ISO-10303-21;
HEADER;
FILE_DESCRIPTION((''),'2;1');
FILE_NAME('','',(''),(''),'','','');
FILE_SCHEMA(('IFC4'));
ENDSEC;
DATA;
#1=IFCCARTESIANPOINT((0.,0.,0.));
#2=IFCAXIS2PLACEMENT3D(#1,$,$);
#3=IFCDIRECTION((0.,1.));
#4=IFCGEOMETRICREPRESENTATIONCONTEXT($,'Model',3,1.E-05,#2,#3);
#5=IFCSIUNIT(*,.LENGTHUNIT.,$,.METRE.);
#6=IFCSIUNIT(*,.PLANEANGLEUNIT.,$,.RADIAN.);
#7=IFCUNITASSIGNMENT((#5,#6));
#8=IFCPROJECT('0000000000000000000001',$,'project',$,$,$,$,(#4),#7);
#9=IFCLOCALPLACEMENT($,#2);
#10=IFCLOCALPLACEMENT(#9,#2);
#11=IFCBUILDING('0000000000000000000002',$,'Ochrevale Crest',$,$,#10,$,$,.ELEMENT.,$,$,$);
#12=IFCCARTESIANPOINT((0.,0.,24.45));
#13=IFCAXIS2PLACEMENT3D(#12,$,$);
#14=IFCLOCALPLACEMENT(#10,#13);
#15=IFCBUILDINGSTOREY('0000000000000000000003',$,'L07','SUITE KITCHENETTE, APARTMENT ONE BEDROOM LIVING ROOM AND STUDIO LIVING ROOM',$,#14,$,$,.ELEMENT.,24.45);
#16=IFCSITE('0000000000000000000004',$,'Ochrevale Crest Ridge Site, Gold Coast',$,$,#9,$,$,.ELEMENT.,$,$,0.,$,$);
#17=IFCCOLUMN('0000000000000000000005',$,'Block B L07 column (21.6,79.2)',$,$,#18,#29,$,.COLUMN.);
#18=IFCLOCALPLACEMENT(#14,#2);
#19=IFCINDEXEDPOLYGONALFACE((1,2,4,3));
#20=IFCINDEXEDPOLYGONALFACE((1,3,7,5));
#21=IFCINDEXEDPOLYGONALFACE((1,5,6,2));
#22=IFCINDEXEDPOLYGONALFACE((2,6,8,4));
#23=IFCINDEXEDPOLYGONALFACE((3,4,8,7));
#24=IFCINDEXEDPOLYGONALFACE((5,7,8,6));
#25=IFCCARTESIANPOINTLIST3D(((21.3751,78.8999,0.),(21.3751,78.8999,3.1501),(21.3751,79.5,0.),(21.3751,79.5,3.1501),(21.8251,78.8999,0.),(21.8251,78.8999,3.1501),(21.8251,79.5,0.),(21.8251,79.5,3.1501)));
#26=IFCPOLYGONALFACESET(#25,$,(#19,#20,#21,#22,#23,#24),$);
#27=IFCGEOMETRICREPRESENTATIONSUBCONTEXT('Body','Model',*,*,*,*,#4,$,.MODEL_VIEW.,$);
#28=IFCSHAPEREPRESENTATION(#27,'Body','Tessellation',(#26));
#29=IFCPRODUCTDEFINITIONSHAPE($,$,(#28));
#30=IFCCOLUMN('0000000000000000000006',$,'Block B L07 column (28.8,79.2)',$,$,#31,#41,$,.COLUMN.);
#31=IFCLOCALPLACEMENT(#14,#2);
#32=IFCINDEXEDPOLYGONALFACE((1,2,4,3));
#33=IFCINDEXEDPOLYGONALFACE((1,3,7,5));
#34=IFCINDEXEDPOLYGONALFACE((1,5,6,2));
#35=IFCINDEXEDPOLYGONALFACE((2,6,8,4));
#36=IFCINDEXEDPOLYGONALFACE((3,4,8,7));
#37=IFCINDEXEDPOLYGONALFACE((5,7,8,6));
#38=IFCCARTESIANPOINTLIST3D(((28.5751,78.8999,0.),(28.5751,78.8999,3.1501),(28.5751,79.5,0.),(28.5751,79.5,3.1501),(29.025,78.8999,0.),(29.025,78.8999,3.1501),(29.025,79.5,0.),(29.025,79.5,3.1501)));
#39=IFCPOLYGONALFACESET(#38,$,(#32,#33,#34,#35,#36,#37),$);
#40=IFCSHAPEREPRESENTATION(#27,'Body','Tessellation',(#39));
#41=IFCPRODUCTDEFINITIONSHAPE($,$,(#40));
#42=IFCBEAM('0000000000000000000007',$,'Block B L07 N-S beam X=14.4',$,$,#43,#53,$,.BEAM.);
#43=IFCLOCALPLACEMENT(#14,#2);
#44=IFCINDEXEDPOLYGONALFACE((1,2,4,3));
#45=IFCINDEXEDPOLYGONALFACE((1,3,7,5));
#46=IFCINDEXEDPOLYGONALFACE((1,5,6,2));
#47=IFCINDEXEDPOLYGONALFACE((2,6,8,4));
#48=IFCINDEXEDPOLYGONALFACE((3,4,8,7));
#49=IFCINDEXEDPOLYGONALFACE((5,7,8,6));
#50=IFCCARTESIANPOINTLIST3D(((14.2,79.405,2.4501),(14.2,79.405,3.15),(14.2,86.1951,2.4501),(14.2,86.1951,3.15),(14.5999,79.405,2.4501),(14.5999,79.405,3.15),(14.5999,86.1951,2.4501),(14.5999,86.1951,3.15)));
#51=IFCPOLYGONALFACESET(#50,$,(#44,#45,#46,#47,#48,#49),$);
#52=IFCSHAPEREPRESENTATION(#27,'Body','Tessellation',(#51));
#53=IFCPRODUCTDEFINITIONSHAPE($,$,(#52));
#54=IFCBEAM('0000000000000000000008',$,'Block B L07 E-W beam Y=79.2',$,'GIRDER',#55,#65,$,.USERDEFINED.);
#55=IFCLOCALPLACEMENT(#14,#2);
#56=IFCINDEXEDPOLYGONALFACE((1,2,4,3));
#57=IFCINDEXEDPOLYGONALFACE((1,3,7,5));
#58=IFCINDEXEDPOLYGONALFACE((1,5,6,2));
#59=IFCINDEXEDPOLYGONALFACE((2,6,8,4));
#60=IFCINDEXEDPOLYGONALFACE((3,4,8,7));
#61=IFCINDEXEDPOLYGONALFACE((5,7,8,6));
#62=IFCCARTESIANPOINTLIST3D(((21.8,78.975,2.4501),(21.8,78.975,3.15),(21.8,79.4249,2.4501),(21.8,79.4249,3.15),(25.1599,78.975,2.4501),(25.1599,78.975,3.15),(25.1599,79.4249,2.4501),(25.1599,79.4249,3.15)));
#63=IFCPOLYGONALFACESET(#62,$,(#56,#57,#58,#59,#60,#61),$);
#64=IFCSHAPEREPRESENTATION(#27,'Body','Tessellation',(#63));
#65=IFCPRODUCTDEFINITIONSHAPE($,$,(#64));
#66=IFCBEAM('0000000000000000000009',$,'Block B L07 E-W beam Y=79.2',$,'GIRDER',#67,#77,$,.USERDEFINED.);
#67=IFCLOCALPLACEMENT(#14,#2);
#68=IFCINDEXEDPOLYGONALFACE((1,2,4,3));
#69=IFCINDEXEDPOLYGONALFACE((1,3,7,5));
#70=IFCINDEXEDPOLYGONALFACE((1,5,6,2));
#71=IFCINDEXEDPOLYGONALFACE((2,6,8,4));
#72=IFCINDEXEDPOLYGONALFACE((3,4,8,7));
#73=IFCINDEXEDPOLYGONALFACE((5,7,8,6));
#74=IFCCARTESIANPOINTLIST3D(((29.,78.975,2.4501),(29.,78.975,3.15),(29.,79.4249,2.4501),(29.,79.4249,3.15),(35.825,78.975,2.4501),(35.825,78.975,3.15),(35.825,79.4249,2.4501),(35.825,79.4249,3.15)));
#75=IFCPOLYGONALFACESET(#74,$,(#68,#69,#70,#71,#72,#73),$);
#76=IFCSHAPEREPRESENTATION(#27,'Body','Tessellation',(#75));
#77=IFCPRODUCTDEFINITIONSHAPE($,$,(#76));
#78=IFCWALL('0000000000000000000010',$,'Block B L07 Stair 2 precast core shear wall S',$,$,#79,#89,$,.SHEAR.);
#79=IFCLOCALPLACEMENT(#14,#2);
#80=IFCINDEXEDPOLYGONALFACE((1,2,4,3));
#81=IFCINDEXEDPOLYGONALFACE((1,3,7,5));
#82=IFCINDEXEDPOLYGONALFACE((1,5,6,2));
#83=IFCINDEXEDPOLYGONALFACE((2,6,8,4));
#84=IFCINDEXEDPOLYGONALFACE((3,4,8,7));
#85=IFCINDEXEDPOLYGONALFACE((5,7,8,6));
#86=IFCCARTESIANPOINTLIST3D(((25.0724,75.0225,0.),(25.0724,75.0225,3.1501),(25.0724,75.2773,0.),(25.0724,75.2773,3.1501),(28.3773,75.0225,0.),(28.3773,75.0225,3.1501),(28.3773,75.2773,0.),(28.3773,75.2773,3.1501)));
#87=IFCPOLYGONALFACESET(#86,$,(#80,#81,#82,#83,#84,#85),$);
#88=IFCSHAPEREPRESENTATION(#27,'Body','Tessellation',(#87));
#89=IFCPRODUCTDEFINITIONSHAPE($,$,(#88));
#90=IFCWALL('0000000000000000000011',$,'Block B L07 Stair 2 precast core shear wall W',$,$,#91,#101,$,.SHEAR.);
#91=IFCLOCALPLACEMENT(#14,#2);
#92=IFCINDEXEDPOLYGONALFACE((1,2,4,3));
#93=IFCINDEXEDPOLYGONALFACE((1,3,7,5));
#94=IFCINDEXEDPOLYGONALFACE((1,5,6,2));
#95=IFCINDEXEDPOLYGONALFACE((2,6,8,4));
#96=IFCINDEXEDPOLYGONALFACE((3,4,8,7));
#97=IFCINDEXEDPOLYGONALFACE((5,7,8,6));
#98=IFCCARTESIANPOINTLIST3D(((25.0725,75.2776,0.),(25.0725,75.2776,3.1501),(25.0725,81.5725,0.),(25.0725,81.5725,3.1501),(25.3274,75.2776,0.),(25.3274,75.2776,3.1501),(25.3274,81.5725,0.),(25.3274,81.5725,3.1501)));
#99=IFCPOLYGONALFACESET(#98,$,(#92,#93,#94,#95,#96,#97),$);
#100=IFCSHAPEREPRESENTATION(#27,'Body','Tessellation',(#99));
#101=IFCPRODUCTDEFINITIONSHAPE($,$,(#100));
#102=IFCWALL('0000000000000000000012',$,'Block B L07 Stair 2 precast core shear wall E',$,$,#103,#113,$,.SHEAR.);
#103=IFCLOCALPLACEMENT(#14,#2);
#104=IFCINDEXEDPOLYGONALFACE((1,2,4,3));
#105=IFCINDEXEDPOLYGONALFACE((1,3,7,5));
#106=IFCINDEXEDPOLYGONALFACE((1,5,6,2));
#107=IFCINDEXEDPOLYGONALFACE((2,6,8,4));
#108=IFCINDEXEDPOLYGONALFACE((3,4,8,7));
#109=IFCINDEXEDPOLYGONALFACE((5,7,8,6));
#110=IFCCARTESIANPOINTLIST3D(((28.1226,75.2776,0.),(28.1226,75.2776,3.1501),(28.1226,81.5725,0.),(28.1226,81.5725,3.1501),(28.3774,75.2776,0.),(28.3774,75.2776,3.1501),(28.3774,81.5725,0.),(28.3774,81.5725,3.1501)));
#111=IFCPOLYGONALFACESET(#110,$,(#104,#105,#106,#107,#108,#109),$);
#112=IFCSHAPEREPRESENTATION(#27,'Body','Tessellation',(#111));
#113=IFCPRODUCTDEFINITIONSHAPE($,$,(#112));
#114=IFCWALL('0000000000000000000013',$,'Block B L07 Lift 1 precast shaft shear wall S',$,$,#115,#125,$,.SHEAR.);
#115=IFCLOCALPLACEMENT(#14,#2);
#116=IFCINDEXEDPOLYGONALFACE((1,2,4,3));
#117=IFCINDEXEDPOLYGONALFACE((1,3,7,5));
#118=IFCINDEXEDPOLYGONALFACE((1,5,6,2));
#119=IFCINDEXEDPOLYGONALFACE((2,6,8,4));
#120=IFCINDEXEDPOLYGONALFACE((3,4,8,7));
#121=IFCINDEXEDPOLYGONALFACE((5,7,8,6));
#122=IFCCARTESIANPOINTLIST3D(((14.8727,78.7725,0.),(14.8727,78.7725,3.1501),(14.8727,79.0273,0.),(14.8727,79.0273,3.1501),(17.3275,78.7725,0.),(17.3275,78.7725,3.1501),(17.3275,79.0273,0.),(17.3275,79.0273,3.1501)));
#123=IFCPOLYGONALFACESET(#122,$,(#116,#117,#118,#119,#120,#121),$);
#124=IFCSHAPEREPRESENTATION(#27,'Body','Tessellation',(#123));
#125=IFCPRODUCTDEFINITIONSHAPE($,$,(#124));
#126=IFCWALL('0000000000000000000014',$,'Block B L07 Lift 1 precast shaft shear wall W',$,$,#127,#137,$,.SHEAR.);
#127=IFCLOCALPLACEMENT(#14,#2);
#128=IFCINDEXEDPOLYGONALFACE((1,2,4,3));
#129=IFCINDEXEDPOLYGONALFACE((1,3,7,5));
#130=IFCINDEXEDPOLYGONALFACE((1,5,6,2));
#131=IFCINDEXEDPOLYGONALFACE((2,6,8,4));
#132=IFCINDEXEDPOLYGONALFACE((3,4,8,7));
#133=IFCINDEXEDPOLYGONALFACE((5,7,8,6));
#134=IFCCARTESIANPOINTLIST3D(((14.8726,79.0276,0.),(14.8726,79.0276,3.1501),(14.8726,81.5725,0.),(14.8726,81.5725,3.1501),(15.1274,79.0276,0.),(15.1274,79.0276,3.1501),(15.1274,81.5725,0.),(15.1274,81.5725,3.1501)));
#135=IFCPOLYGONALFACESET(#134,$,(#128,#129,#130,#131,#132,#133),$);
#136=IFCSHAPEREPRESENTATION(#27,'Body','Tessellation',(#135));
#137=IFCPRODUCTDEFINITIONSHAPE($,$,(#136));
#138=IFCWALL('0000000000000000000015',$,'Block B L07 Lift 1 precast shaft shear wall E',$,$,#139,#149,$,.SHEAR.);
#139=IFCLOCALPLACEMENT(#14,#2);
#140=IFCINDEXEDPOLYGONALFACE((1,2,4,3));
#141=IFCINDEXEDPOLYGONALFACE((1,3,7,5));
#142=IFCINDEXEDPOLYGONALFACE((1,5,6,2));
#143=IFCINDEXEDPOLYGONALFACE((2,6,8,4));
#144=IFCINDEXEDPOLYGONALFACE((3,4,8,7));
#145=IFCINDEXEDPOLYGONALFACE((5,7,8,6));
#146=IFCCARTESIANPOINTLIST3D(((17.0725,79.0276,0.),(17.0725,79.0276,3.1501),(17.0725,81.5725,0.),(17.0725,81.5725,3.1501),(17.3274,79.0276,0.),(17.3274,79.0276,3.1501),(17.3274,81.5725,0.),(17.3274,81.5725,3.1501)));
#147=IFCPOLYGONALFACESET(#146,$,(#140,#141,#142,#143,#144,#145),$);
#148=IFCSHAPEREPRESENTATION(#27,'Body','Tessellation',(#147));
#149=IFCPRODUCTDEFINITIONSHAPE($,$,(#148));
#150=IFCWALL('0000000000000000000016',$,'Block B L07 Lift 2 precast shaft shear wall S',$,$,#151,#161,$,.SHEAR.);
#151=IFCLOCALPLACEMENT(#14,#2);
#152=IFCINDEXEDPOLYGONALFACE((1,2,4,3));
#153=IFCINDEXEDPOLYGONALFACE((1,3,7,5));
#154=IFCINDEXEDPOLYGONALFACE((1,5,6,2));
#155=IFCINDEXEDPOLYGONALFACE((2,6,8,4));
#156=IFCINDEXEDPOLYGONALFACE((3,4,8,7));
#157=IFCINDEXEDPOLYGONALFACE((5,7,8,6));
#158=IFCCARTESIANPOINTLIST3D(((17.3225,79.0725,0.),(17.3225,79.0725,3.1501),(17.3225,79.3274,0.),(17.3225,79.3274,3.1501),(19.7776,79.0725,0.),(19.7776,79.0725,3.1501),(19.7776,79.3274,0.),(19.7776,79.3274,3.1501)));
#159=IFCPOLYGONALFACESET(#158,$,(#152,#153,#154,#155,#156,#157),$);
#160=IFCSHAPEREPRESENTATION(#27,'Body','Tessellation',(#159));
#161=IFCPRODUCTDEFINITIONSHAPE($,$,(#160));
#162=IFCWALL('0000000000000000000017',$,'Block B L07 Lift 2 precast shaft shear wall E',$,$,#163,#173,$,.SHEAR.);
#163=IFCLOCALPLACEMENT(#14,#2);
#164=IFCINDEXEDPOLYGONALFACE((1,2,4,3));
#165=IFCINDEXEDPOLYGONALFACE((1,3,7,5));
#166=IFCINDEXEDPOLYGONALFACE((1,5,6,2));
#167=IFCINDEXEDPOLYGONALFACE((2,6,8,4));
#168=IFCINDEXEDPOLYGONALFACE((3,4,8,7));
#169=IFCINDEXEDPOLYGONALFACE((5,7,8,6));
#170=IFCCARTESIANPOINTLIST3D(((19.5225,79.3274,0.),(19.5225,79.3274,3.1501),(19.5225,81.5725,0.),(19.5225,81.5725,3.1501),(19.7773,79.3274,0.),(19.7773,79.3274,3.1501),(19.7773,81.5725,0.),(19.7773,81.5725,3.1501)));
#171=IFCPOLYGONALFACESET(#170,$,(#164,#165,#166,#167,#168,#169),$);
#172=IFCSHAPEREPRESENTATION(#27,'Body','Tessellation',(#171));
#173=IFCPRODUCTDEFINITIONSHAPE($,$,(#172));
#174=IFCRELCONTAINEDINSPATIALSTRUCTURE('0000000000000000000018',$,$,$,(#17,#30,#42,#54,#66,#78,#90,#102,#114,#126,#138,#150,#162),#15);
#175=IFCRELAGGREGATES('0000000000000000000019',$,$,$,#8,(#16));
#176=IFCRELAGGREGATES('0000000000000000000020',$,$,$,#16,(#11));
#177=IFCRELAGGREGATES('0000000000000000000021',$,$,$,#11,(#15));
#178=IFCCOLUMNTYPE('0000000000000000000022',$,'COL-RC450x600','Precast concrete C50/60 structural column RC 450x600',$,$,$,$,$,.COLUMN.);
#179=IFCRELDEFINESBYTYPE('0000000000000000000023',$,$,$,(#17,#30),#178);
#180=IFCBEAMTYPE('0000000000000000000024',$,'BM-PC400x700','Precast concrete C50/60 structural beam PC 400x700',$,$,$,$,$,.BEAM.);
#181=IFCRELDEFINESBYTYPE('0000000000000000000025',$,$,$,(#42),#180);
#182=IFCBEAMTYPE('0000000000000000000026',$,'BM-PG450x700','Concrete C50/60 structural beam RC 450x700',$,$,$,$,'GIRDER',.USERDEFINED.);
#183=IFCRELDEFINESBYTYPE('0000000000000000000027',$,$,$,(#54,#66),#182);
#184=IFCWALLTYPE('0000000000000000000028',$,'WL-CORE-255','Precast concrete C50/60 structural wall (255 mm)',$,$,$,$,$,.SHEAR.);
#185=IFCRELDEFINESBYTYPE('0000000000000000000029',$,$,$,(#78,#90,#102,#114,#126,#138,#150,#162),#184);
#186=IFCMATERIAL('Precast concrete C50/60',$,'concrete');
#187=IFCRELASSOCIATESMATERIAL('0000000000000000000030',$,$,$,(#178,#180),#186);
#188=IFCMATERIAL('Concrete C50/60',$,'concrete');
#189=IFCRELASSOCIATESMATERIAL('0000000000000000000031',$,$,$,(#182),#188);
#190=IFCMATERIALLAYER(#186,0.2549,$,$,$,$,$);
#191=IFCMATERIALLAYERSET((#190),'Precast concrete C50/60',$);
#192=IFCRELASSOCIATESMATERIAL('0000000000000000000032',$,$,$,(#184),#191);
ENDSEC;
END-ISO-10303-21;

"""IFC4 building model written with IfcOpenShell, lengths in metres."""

from ifc_helpers import new_model, si_unit, direction, frame, frame_2d, origin, origin_2d, place, context, subcontext, project, spatial, rectangle, extrude, material, layer, layer_set, material_profile, profile_set, type_object, element, save


model = new_model("IFC4")

# Units and contexts
model_context = context("Model", 3, precision=1e-05, world=origin(), true_north=direction((0.0, 1.0)))
body_context = subcontext(model_context, "Body", "Model", "MODEL_VIEW")
ifc_project = project(units=[si_unit("LENGTHUNIT", "METRE"), si_unit("PLANEANGLEUNIT", "RADIAN")], contexts=[model_context])

# Site, building, storey
site_placement = place(None, origin())
site = spatial("IfcSite", under=ifc_project, at=site_placement, Name="Ochrevale Crest Ridge Site, Gold Coast", CompositionType="ELEMENT", RefElevation=0.0)
building_placement = place(site_placement, origin())
building = spatial("IfcBuilding", under=site, at=building_placement, Name="Ochrevale Crest", CompositionType="ELEMENT")
storey_placement = place(building_placement, frame((0.0, 0.0, 24.45)))
storey = spatial("IfcBuildingStorey", under=building, at=storey_placement, Name="L07", Description="SUITE KITCHENETTE, APARTMENT ONE BEDROOM LIVING ROOM AND STUDIO LIVING ROOM", CompositionType="ELEMENT", Elevation=24.45)

# Columns
ifc_material_1 = material(Name="Precast concrete C50/60", Category="concrete")
ifc_material_profile_1 = material_profile(ifc_material_1, rectangle(XDim=0.45, YDim=0.6001, at=origin_2d()), Name="RC 450x600")
ifc_profile_set_1 = profile_set([ifc_material_profile_1], Name="Precast concrete C50/60")
column_type = type_object("IfcColumnType", Name="COL-RC450x600", Description="Precast concrete C50/60 structural column RC 450x600", PredefinedType="COLUMN", material=ifc_profile_set_1)
for number, where, z_axis, x_axis, name in (
    (1, (21.6001, 79.2, 0.0), (0.0, 0.0, 1.0), (1.0, 0.0, 0.0), "Block B L07 column (21.6,79.2)"),
    (2, (28.8, 79.2, 0.0), (0.0, 0.0, 1.0), (1.0, 0.0, 0.0), "Block B L07 column (28.8,79.2)"),
):
    element("IfcColumn", number, at=place(storey_placement, frame(where, z_axis=z_axis, x_axis=x_axis)), inside=storey, type_object=column_type, Name=name, PredefinedType="COLUMN", context=body_context, shape_type="SweptSolid", body=[
        extrude(rectangle(XDim=0.45, YDim=0.6001, at=origin_2d()), origin(), (0.0, 0.0, 1.0), 3.1501),
    ])

# Beams
ifc_material_profile_2 = material_profile(ifc_material_1, rectangle(XDim=0.3999, YDim=0.7, at=origin_2d()), Name="PC 400x700")
ifc_profile_set_2 = profile_set([ifc_material_profile_2], Name="Precast concrete C50/60")
beam_type_1 = type_object("IfcBeamType", Name="BM-PC400x700", Description="Precast concrete C50/60 structural beam PC 400x700", PredefinedType="BEAM", material=ifc_profile_set_2)
beam_1_placement = place(storey_placement, frame((14.3999, 79.405, 2.8), z_axis=(0.0, 1.0, 0.0), x_axis=(-1.0, 0.0, 0.0)))
element("IfcBeam", 3, at=beam_1_placement, inside=storey, type_object=beam_type_1, Name="Block B L07 N-S beam X=14.4", PredefinedType="BEAM", context=body_context, shape_type="SweptSolid", body=[
    extrude(rectangle(XDim=0.3999, YDim=0.7, at=origin_2d()), origin(), (0.0, 0.0, 1.0), 6.79),
])
ifc_material_2 = material(Name="Concrete C50/60", Category="concrete")
ifc_material_profile_3 = material_profile(ifc_material_2, rectangle(XDim=0.45, YDim=0.7, at=origin_2d()), Name="RC 450x700")
ifc_profile_set_3 = profile_set([ifc_material_profile_3], Name="Concrete C50/60")
beam_type_2 = type_object("IfcBeamType", Name="BM-PG450x700", Description="Concrete C50/60 structural beam RC 450x700", ElementType="GIRDER", PredefinedType="USERDEFINED", material=ifc_profile_set_3)
beam_2_placement = place(storey_placement, frame((21.8, 79.2, 2.8), z_axis=(1.0, 0.0, 0.0), x_axis=(0.0, 1.0, 0.0)))
element("IfcBeam", 4, at=beam_2_placement, inside=storey, type_object=beam_type_2, Name="Block B L07 E-W beam Y=79.2", ObjectType="GIRDER", PredefinedType="USERDEFINED", context=body_context, shape_type="SweptSolid", body=[
    extrude(rectangle(XDim=0.45, YDim=0.7, at=origin_2d()), origin(), (0.0, 0.0, 1.0), 3.3599),
])
beam_3_placement = place(storey_placement, frame((29.0, 79.2, 2.8), z_axis=(1.0, 0.0, 0.0), x_axis=(0.0, 1.0, 0.0)))
element("IfcBeam", 5, at=beam_3_placement, inside=storey, type_object=beam_type_2, Name="Block B L07 E-W beam Y=79.2", ObjectType="GIRDER", PredefinedType="USERDEFINED", context=body_context, shape_type="SweptSolid", body=[
    extrude(rectangle(XDim=0.45, YDim=0.7, at=origin_2d()), origin(), (0.0, 0.0, 1.0), 6.825),
])

# Walls
ifc_layer_1 = layer(ifc_material_1, 0.2549)
ifc_layer_set_1 = layer_set([ifc_layer_1], Name="Precast concrete C50/60")
wall_type_1 = type_object("IfcWallType", Name="WL-CORE-255", Description="Precast concrete C50/60 structural wall (255 mm)", PredefinedType="SHEAR", material=ifc_layer_set_1)
wall_1_placement = place(storey_placement, frame((25.0725, 75.1499, 0.0), z_axis=(0.0, 0.0, 1.0), x_axis=(1.0, 0.0, 0.0)))
element("IfcWall", 6, at=wall_1_placement, inside=storey, type_object=wall_type_1, Name="Block B L07 Stair 2 precast core shear wall S", PredefinedType="SHEAR", context=body_context, shape_type="SweptSolid", body=[
    extrude(rectangle(XDim=3.3049, YDim=0.2549, at=frame_2d((1.6523, 0.0))), origin(), (0.0, 0.0, 1.0), 3.1501),
])
for number, where, z_axis, x_axis, name in (
    (7, (25.2, 75.2776, 0.0), (0.0, 0.0, 1.0), (0.0, 1.0, 0.0), "Block B L07 Stair 2 precast core shear wall W"),
    (8, (28.25, 75.2776, 0.0), (0.0, 0.0, 1.0), (0.0, 1.0, 0.0), "Block B L07 Stair 2 precast core shear wall E"),
):
    element("IfcWall", number, at=place(storey_placement, frame(where, z_axis=z_axis, x_axis=x_axis)), inside=storey, type_object=wall_type_1, Name=name, PredefinedType="SHEAR", context=body_context, shape_type="SweptSolid", body=[
        extrude(rectangle(XDim=6.2949, YDim=0.2549, at=frame_2d((3.1475, 0.0))), origin(), (0.0, 0.0, 1.0), 3.1501),
    ])
wall_2_placement = place(storey_placement, frame((14.8726, 78.8999, 0.0), z_axis=(0.0, 0.0, 1.0), x_axis=(1.0, 0.0, 0.0)))
element("IfcWall", 9, at=wall_2_placement, inside=storey, type_object=wall_type_1, Name="Block B L07 Lift 1 precast shaft shear wall S", PredefinedType="SHEAR", context=body_context, shape_type="SweptSolid", body=[
    extrude(rectangle(XDim=2.4548, YDim=0.2549, at=frame_2d((1.2275, 0.0))), origin(), (0.0, 0.0, 1.0), 3.1501),
])
for number, where, z_axis, x_axis, name in (
    (10, (15.0, 79.0276, 0.0), (0.0, 0.0, 1.0), (0.0, 1.0, 0.0), "Block B L07 Lift 1 precast shaft shear wall W"),
    (11, (17.2, 79.0276, 0.0), (0.0, 0.0, 1.0), (0.0, 1.0, 0.0), "Block B L07 Lift 1 precast shaft shear wall E"),
):
    element("IfcWall", number, at=place(storey_placement, frame(where, z_axis=z_axis, x_axis=x_axis)), inside=storey, type_object=wall_type_1, Name=name, PredefinedType="SHEAR", context=body_context, shape_type="SweptSolid", body=[
        extrude(rectangle(XDim=2.5449, YDim=0.2549, at=frame_2d((1.2725, 0.0))), origin(), (0.0, 0.0, 1.0), 3.1501),
    ])
wall_3_placement = place(storey_placement, frame((17.3225, 79.2, 0.0), z_axis=(0.0, 0.0, 1.0), x_axis=(1.0, 0.0, 0.0)))
element("IfcWall", 12, at=wall_3_placement, inside=storey, type_object=wall_type_1, Name="Block B L07 Lift 2 precast shaft shear wall S", PredefinedType="SHEAR", context=body_context, shape_type="SweptSolid", body=[
    extrude(rectangle(XDim=2.4551, YDim=0.2549, at=frame_2d((1.2275, 0.0))), origin(), (0.0, 0.0, 1.0), 3.1501),
])
wall_4_placement = place(storey_placement, frame((19.6499, 79.3274, 0.0), z_axis=(0.0, 0.0, 1.0), x_axis=(0.0, 1.0, 0.0)))
element("IfcWall", 13, at=wall_4_placement, inside=storey, type_object=wall_type_1, Name="Block B L07 Lift 2 precast shaft shear wall E", PredefinedType="SHEAR", context=body_context, shape_type="SweptSolid", body=[
    extrude(rectangle(XDim=2.2451, YDim=0.2549, at=frame_2d((1.1226, 0.0))), origin(), (0.0, 0.0, 1.0), 3.1501),
])

save(model, "model.ifc")
